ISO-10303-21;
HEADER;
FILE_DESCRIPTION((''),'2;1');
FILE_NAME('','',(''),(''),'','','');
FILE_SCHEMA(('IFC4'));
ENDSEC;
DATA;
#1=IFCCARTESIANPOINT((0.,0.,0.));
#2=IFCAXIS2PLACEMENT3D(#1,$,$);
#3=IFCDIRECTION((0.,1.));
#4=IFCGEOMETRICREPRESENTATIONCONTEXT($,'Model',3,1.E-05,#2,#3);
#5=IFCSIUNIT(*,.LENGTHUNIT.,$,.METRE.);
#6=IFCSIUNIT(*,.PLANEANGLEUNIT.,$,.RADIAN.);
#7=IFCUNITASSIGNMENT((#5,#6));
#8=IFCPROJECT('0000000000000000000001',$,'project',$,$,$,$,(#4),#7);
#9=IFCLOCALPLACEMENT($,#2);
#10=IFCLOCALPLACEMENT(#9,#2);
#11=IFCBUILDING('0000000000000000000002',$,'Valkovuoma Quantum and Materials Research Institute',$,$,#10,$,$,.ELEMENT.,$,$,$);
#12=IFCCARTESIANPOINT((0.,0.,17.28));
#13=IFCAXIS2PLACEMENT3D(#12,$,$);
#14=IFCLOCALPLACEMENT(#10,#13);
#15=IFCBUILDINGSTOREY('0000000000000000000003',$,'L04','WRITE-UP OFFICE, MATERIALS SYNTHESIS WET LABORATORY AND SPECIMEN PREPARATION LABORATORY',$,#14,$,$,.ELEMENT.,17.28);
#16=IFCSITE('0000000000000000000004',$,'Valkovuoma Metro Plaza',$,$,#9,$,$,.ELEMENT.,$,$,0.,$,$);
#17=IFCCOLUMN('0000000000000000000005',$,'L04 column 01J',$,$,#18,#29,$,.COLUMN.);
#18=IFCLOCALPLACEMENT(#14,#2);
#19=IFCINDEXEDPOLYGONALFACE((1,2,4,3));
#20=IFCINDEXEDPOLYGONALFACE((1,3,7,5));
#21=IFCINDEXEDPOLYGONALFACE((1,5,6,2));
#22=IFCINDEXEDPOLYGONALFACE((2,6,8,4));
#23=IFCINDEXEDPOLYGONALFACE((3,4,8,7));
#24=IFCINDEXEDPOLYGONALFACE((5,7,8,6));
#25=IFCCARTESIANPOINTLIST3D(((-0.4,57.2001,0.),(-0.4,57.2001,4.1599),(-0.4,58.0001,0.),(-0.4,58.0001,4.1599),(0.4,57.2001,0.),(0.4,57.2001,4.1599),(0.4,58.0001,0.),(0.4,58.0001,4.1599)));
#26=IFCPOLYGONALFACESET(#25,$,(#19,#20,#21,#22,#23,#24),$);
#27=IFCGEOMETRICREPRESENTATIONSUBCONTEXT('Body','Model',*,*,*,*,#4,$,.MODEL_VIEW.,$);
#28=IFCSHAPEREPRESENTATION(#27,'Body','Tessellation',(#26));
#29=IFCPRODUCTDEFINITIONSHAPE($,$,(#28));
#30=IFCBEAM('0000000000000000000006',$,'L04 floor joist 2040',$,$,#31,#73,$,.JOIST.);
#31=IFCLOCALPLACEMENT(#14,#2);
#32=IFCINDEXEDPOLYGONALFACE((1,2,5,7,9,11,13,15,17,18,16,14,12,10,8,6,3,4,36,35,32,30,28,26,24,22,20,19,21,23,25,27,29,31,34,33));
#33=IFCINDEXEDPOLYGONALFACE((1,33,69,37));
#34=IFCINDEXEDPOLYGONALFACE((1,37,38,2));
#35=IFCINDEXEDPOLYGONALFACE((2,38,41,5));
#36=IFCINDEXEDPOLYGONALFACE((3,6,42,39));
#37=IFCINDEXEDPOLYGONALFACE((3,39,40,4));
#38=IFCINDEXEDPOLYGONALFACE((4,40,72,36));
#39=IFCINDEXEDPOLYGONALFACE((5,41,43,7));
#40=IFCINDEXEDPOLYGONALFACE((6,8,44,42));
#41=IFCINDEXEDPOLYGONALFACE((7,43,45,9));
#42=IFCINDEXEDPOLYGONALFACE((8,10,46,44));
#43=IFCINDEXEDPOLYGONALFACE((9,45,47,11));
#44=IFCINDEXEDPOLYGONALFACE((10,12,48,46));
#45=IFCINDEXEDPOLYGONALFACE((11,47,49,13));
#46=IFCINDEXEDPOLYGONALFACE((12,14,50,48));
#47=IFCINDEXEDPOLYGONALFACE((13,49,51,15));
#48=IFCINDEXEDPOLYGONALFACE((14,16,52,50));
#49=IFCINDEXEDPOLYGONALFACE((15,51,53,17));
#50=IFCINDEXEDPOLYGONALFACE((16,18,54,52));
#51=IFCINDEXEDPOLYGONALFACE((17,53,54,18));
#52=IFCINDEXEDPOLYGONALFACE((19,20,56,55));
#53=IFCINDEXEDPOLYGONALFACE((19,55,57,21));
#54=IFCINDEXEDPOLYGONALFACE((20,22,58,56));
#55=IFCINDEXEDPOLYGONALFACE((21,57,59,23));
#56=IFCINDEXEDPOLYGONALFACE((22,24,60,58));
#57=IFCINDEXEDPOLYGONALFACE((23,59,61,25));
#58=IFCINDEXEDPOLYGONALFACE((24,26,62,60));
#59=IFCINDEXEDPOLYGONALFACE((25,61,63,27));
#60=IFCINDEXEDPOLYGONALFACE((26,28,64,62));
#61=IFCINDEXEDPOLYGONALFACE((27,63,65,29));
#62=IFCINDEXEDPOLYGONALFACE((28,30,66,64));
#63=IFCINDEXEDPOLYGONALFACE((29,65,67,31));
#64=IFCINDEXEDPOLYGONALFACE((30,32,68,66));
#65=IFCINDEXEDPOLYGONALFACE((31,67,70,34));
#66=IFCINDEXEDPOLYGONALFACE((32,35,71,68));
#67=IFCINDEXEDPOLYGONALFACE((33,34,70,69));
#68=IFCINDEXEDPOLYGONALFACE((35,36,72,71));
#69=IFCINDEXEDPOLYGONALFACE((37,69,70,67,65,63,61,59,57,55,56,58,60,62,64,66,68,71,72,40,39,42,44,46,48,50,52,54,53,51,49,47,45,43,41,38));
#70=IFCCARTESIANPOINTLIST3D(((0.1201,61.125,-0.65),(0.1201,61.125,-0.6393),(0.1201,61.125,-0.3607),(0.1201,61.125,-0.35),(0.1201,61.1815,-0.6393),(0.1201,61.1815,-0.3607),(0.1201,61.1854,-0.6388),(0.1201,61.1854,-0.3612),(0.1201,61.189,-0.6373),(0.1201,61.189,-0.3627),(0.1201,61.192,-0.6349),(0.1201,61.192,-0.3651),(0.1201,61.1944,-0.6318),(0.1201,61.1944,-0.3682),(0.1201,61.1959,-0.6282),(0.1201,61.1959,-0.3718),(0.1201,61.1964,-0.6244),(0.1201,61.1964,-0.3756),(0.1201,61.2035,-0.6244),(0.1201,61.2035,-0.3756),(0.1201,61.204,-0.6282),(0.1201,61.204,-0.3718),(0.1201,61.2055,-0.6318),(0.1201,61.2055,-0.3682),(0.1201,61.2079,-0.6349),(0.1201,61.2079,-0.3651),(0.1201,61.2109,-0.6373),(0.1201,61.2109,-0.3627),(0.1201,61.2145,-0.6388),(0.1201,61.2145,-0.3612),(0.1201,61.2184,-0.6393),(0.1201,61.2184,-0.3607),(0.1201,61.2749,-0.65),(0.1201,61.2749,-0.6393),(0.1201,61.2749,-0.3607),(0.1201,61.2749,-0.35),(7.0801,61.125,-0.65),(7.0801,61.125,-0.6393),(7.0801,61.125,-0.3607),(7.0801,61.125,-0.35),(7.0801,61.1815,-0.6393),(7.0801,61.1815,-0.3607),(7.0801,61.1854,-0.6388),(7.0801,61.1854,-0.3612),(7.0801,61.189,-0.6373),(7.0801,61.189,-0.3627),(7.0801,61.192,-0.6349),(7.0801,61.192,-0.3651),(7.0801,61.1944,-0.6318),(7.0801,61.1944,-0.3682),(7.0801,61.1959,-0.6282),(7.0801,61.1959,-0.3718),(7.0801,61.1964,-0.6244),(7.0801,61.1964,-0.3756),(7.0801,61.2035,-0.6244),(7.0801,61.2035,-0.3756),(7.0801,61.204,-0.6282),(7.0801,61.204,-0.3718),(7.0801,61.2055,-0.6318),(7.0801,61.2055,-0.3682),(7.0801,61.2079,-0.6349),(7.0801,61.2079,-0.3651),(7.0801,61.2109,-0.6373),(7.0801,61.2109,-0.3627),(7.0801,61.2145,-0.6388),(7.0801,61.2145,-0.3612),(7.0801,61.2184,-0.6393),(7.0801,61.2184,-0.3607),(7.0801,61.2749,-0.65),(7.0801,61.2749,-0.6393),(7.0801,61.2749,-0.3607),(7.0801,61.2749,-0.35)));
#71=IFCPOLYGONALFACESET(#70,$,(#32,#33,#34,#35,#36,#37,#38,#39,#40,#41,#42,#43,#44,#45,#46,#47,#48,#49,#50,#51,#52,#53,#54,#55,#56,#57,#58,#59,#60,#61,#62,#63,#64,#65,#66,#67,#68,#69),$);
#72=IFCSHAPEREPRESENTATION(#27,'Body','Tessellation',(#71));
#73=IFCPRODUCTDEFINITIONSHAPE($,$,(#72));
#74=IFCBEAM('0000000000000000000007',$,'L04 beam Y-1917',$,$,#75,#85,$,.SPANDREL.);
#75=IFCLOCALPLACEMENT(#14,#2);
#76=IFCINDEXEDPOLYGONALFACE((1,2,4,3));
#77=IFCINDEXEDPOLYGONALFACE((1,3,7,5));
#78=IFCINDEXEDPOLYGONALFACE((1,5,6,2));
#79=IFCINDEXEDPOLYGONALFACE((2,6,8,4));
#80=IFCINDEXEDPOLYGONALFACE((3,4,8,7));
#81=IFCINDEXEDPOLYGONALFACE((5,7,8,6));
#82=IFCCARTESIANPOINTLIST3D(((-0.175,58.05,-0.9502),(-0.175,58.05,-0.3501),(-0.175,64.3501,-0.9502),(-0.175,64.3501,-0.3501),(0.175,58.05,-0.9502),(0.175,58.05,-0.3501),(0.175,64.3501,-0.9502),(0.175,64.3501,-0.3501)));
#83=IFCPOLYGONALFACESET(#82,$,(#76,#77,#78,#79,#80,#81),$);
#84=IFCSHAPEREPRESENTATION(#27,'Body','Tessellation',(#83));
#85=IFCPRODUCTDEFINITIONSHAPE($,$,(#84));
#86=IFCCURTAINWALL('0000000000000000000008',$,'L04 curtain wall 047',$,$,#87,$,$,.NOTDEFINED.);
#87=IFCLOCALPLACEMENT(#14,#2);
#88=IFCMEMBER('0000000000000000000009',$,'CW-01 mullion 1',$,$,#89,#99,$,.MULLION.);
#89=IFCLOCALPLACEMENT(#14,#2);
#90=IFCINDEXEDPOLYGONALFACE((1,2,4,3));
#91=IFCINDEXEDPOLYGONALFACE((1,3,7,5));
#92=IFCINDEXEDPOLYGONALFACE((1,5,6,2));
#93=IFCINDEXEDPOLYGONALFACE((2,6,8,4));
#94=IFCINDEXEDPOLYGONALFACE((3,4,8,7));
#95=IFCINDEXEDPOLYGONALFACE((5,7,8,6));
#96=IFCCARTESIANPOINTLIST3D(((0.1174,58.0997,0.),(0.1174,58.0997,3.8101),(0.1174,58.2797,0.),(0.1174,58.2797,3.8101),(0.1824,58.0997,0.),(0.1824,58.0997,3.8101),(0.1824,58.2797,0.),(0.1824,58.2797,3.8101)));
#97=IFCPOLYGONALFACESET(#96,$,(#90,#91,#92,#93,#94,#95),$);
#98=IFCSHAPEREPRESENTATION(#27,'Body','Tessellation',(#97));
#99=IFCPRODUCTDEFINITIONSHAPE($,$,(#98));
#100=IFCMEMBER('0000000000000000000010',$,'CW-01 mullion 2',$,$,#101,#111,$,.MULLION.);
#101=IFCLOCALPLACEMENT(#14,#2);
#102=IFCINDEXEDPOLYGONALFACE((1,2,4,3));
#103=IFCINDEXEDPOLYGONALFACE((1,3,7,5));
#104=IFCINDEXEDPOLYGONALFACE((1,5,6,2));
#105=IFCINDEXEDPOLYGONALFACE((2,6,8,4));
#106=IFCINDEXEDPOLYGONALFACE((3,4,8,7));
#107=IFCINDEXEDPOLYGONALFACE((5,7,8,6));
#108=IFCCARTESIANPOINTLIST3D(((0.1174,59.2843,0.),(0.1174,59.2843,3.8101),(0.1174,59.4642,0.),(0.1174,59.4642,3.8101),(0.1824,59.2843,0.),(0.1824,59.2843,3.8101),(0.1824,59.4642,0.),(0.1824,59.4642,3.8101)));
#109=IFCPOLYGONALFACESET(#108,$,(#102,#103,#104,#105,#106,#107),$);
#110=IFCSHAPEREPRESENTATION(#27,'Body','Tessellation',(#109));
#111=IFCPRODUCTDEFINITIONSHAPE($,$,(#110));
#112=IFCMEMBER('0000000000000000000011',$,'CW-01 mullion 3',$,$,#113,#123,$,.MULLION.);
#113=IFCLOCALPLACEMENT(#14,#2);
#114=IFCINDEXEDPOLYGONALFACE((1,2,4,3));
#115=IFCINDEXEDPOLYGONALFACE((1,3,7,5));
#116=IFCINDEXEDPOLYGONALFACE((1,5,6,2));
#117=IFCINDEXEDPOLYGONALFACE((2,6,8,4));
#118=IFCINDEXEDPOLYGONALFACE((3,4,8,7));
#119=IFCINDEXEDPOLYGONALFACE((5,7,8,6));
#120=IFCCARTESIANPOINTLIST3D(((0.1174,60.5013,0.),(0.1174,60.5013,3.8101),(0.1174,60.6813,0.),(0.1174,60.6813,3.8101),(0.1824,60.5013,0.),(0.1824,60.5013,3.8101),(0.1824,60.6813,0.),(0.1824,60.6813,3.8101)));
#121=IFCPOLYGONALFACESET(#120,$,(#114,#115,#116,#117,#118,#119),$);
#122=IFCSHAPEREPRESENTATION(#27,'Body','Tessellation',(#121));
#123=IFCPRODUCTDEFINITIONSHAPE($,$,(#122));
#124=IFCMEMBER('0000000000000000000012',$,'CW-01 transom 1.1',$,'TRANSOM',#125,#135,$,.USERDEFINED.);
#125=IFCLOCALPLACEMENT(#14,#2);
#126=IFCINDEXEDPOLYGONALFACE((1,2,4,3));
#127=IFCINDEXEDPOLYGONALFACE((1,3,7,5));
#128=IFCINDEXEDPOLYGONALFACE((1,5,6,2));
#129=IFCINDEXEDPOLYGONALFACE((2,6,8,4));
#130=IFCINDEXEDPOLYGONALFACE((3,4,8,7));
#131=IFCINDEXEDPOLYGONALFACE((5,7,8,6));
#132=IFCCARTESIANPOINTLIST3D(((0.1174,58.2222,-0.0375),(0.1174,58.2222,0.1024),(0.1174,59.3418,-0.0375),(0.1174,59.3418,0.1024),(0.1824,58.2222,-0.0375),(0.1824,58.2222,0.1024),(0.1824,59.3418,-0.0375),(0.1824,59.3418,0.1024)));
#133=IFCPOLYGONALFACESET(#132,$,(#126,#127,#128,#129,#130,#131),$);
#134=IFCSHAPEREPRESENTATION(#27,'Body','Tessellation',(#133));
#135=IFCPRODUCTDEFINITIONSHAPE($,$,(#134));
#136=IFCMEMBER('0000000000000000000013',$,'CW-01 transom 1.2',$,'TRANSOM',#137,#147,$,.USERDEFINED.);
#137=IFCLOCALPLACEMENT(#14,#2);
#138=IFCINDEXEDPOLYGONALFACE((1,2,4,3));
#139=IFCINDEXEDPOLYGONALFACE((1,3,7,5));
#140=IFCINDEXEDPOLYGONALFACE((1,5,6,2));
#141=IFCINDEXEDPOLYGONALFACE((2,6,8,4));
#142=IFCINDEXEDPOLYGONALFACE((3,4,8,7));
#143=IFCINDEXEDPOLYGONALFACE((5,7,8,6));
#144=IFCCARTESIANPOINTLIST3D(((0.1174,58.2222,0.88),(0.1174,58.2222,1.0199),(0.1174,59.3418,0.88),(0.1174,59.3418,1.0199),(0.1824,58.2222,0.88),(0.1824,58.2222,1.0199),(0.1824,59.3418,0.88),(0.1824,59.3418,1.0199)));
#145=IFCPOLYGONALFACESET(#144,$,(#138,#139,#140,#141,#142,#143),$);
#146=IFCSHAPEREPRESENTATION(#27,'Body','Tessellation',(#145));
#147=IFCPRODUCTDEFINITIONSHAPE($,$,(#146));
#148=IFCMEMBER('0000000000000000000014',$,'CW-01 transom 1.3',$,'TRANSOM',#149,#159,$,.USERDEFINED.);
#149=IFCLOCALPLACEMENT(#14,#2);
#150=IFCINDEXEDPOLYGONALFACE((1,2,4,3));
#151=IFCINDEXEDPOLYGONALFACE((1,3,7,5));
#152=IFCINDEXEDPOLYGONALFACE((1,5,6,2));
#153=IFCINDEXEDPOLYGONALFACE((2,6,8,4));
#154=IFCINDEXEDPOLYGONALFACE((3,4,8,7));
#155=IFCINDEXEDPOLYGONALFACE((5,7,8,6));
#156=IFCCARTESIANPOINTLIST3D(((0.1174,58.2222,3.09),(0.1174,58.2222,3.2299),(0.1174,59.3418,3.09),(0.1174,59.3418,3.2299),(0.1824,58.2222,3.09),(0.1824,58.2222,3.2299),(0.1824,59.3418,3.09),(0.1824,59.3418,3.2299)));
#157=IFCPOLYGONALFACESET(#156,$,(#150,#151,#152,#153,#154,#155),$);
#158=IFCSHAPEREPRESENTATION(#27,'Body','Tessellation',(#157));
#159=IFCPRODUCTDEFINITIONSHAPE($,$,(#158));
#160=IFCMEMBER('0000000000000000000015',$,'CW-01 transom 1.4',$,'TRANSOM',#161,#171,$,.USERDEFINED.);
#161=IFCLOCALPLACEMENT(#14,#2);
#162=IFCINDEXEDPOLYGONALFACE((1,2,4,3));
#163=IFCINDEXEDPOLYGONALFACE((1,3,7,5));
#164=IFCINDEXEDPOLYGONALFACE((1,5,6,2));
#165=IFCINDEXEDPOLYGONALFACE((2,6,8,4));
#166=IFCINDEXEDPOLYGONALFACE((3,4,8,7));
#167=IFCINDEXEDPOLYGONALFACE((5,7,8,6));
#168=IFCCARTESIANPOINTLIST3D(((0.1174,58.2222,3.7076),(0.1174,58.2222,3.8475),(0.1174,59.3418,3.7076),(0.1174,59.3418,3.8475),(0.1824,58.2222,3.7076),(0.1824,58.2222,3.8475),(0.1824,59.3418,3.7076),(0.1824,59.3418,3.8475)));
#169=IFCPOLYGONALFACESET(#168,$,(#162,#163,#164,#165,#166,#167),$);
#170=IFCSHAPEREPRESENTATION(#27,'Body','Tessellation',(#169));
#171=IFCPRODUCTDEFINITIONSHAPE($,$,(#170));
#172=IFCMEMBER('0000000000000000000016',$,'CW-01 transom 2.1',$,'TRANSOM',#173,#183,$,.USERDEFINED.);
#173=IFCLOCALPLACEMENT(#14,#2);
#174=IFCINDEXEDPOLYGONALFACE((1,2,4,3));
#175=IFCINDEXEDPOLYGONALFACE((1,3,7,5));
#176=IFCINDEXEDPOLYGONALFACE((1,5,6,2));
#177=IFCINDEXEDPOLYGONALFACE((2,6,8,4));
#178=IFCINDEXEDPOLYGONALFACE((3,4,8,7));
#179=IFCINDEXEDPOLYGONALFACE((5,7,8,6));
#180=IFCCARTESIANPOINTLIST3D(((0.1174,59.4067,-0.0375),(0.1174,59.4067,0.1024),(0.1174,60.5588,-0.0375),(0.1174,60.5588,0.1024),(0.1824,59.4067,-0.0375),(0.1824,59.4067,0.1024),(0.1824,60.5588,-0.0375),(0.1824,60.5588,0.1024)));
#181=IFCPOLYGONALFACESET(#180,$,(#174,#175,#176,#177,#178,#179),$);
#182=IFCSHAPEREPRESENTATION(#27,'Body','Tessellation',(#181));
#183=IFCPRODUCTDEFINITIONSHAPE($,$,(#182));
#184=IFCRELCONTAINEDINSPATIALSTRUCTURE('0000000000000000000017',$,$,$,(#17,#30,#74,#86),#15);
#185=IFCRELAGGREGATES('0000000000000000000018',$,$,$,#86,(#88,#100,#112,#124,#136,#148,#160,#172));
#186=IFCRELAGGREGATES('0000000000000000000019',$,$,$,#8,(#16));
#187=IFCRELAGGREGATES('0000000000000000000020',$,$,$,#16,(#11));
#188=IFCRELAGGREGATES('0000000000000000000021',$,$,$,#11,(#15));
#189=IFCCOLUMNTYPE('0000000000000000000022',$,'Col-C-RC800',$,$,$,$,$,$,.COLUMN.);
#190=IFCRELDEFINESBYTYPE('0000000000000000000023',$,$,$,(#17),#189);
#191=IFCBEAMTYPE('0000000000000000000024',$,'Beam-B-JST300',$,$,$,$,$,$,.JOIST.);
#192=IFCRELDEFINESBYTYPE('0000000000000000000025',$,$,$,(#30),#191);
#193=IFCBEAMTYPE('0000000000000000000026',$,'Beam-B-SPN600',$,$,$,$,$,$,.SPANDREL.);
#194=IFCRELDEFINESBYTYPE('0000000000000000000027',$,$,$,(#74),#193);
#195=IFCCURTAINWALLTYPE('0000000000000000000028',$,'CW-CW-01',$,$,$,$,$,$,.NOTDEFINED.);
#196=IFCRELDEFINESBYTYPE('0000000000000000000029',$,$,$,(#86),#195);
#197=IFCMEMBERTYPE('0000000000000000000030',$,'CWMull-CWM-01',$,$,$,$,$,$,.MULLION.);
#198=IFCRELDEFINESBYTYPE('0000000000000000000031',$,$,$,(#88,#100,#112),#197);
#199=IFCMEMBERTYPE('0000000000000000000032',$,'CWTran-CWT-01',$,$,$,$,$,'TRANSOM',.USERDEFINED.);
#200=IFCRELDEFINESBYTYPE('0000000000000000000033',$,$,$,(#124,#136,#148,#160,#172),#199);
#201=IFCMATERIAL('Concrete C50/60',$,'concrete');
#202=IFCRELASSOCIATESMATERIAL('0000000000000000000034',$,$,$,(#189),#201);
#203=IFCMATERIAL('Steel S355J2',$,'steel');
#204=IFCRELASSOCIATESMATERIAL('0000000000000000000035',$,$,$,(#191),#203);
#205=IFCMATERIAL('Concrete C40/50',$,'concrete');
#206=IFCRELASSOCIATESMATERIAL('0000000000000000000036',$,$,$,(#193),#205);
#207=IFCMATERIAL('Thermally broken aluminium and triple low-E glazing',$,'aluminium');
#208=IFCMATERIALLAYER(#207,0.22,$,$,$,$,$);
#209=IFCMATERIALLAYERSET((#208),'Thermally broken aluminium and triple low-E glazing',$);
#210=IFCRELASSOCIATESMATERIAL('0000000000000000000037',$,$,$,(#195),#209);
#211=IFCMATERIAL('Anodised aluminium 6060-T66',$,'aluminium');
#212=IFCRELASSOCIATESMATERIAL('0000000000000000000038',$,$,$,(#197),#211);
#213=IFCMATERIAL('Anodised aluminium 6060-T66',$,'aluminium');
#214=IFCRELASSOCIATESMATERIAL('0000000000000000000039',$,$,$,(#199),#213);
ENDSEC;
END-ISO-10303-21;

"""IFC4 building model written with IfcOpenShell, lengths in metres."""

from ifc_helpers import new_model, si_unit, direction, frame, origin, origin_2d, place, context, subcontext, project, spatial, rectangle, i_section, extrude, material, layer, layer_set, material_profile, profile_set, type_object, element, aggregate, save


model = new_model("IFC4")

# Units and contexts
model_context = context("Model", 3, precision=1e-05, world=origin(), true_north=direction((0.0, 1.0)))
body_context = subcontext(model_context, "Body", "Model", "MODEL_VIEW")
ifc_project = project(units=[si_unit("LENGTHUNIT", "METRE"), si_unit("PLANEANGLEUNIT", "RADIAN")], contexts=[model_context])

# Site, building, storey
site_placement = place(None, origin())
site = spatial("IfcSite", under=ifc_project, at=site_placement, Name="Valkovuoma Metro Plaza", CompositionType="ELEMENT", RefElevation=0.0)
building_placement = place(site_placement, origin())
building = spatial("IfcBuilding", under=site, at=building_placement, Name="Valkovuoma Quantum and Materials Research Institute", CompositionType="ELEMENT")
storey_placement = place(building_placement, frame((0.0, 0.0, 17.28)))
storey = spatial("IfcBuildingStorey", under=building, at=storey_placement, Name="L04", Description="WRITE-UP OFFICE, MATERIALS SYNTHESIS WET LABORATORY AND SPECIMEN PREPARATION LABORATORY", CompositionType="ELEMENT", Elevation=17.28)

# Column
ifc_material_1 = material(Name="Concrete C50/60", Category="concrete")
ifc_material_profile_1 = material_profile(ifc_material_1, rectangle(XDim=0.8, YDim=0.8, at=origin_2d()), Name="Concrete C50/60")
ifc_profile_set_1 = profile_set([ifc_material_profile_1], Name="Concrete C50/60")
column_type = type_object("IfcColumnType", Name="Col-C-RC800", PredefinedType="COLUMN", material=ifc_profile_set_1)
column_placement = place(storey_placement, frame((0.0, 57.6001, 0.0), z_axis=(0.0, 0.0, 1.0), x_axis=(1.0, 0.0, 0.0)))
element("IfcColumn", 1, at=column_placement, inside=storey, type_object=column_type, Name="L04 column 01J", PredefinedType="COLUMN", context=body_context, shape_type="SweptSolid", body=[
    extrude(rectangle(XDim=0.8, YDim=0.8, at=origin_2d()), origin(), (0.0, 0.0, 1.0), 4.1599),
])

# Beams
ifc_material_2 = material(Name="Steel S355J2", Category="steel")
ifc_material_profile_2 = material_profile(ifc_material_2, i_section(OverallWidth=0.1499, OverallDepth=0.3, WebThickness=0.0071, FlangeThickness=0.0107, FilletRadius=0.0149, at=origin_2d()), Name="Steel S355J2")
ifc_profile_set_2 = profile_set([ifc_material_profile_2], Name="Steel S355J2")
beam_type_1 = type_object("IfcBeamType", Name="Beam-B-JST300", PredefinedType="JOIST", material=ifc_profile_set_2)
beam_1_placement = place(storey_placement, frame((0.1201, 61.2, -0.5), z_axis=(1.0, 0.0, 0.0), x_axis=(0.0, 1.0, 0.0)))
element("IfcBeam", 2, at=beam_1_placement, inside=storey, type_object=beam_type_1, Name="L04 floor joist 2040", PredefinedType="JOIST", context=body_context, shape_type="SweptSolid", body=[
    extrude(i_section(OverallWidth=0.1499, OverallDepth=0.3, WebThickness=0.0071, FlangeThickness=0.0107, FilletRadius=0.0149, at=origin_2d()), origin(), (0.0, 0.0, 1.0), 6.96),
])
ifc_material_3 = material(Name="Concrete C40/50", Category="concrete")
ifc_material_profile_3 = material_profile(ifc_material_3, rectangle(XDim=0.3501, YDim=0.6001, at=origin_2d()), Name="Concrete C40/50")
ifc_profile_set_3 = profile_set([ifc_material_profile_3], Name="Concrete C40/50")
beam_type_2 = type_object("IfcBeamType", Name="Beam-B-SPN600", PredefinedType="SPANDREL", material=ifc_profile_set_3)
beam_2_placement = place(storey_placement, frame((0.0, 58.05, -0.6501), z_axis=(0.0, 1.0, 0.0), x_axis=(-1.0, 0.0, 0.0)))
element("IfcBeam", 3, at=beam_2_placement, inside=storey, type_object=beam_type_2, Name="L04 beam Y-1917", PredefinedType="SPANDREL", context=body_context, shape_type="SweptSolid", body=[
    extrude(rectangle(XDim=0.3501, YDim=0.6001, at=origin_2d()), origin(), (0.0, 0.0, 1.0), 6.3),
])

# Curtain wall, members
ifc_material_4 = material(Name="Thermally broken aluminium and triple low-E glazing", Category="aluminium")
ifc_layer_1 = layer(ifc_material_4, 0.22)
ifc_layer_set_1 = layer_set([ifc_layer_1], Name="Thermally broken aluminium and triple low-E glazing")
curtain_wall_type = type_object("IfcCurtainWallType", Name="CW-CW-01", PredefinedType="NOTDEFINED", material=ifc_layer_set_1)
curtain_wall_placement = place(storey_placement, origin())
curtain_wall = element("IfcCurtainWall", 4, at=curtain_wall_placement, inside=storey, type_object=curtain_wall_type, Name="L04 curtain wall 047", PredefinedType="NOTDEFINED")
ifc_material_5 = material(Name="Anodised aluminium 6060-T66", Category="aluminium")
ifc_material_profile_4 = material_profile(ifc_material_5, rectangle(XDim=0.0649, YDim=0.1799, at=origin_2d()), Name="Anodised aluminium 6060-T66")
ifc_profile_set_4 = profile_set([ifc_material_profile_4], Name="Anodised aluminium 6060-T66")
member_type_1 = type_object("IfcMemberType", Name="CWMull-CWM-01", PredefinedType="MULLION", material=ifc_profile_set_4)
member_1_placement = place(storey_placement, frame((0.1499, 58.1897, 0.0), z_axis=(0.0, 0.0, 1.0), x_axis=(-1.0, 0.0, 0.0)))
member_1 = element("IfcMember", 5, at=member_1_placement, type_object=member_type_1, Name="CW-01 mullion 1", PredefinedType="MULLION", context=body_context, shape_type="SweptSolid", body=[
    extrude(rectangle(XDim=0.0649, YDim=0.1799, at=origin_2d()), origin(), (0.0, 0.0, 1.0), 3.8101),
])
member_2_placement = place(storey_placement, frame((0.1499, 59.3743, 0.0), z_axis=(0.0, 0.0, 1.0), x_axis=(-1.0, 0.0, 0.0)))
member_2 = element("IfcMember", 6, at=member_2_placement, type_object=member_type_1, Name="CW-01 mullion 2", PredefinedType="MULLION", context=body_context, shape_type="SweptSolid", body=[
    extrude(rectangle(XDim=0.0649, YDim=0.1799, at=origin_2d()), origin(), (0.0, 0.0, 1.0), 3.8101),
])
member_3_placement = place(storey_placement, frame((0.1499, 60.5913, 0.0), z_axis=(0.0, 0.0, 1.0), x_axis=(-1.0, 0.0, 0.0)))
member_3 = element("IfcMember", 7, at=member_3_placement, type_object=member_type_1, Name="CW-01 mullion 3", PredefinedType="MULLION", context=body_context, shape_type="SweptSolid", body=[
    extrude(rectangle(XDim=0.0649, YDim=0.1799, at=origin_2d()), origin(), (0.0, 0.0, 1.0), 3.8101),
])
ifc_material_6 = material(Name="Anodised aluminium 6060-T66", Category="aluminium")
ifc_material_profile_5 = material_profile(ifc_material_6, rectangle(XDim=0.0649, YDim=0.1399, at=origin_2d()), Name="Anodised aluminium 6060-T66")
ifc_profile_set_5 = profile_set([ifc_material_profile_5], Name="Anodised aluminium 6060-T66")
member_type_2 = type_object("IfcMemberType", Name="CWTran-CWT-01", ElementType="TRANSOM", PredefinedType="USERDEFINED", material=ifc_profile_set_5)
member_4_placement = place(storey_placement, frame((0.1499, 58.2222, 0.0325), z_axis=(0.0, 1.0, 0.0), x_axis=(-1.0, 0.0, 0.0)))
member_4 = element("IfcMember", 8, at=member_4_placement, type_object=member_type_2, Name="CW-01 transom 1.1", ObjectType="TRANSOM", PredefinedType="USERDEFINED", context=body_context, shape_type="SweptSolid", body=[
    extrude(rectangle(XDim=0.0649, YDim=0.1399, at=origin_2d()), origin(), (0.0, 0.0, 1.0), 1.1196),
])
member_5_placement = place(storey_placement, frame((0.1499, 58.2222, 0.95), z_axis=(0.0, 1.0, 0.0), x_axis=(-1.0, 0.0, 0.0)))
member_5 = element("IfcMember", 9, at=member_5_placement, type_object=member_type_2, Name="CW-01 transom 1.2", ObjectType="TRANSOM", PredefinedType="USERDEFINED", context=body_context, shape_type="SweptSolid", body=[
    extrude(rectangle(XDim=0.0649, YDim=0.1399, at=origin_2d()), origin(), (0.0, 0.0, 1.0), 1.1196),
])
member_6_placement = place(storey_placement, frame((0.1499, 58.2222, 3.1599), z_axis=(0.0, 1.0, 0.0), x_axis=(-1.0, 0.0, 0.0)))
member_6 = element("IfcMember", 10, at=member_6_placement, type_object=member_type_2, Name="CW-01 transom 1.3", ObjectType="TRANSOM", PredefinedType="USERDEFINED", context=body_context, shape_type="SweptSolid", body=[
    extrude(rectangle(XDim=0.0649, YDim=0.1399, at=origin_2d()), origin(), (0.0, 0.0, 1.0), 1.1196),
])
member_7_placement = place(storey_placement, frame((0.1499, 58.2222, 3.7776), z_axis=(0.0, 1.0, 0.0), x_axis=(-1.0, 0.0, 0.0)))
member_7 = element("IfcMember", 11, at=member_7_placement, type_object=member_type_2, Name="CW-01 transom 1.4", ObjectType="TRANSOM", PredefinedType="USERDEFINED", context=body_context, shape_type="SweptSolid", body=[
    extrude(rectangle(XDim=0.0649, YDim=0.1399, at=origin_2d()), origin(), (0.0, 0.0, 1.0), 1.1196),
])
member_8_placement = place(storey_placement, frame((0.1499, 59.4067, 0.0325), z_axis=(0.0, 1.0, 0.0), x_axis=(-1.0, 0.0, 0.0)))
member_8 = element("IfcMember", 12, at=member_8_placement, type_object=member_type_2, Name="CW-01 transom 2.1", ObjectType="TRANSOM", PredefinedType="USERDEFINED", context=body_context, shape_type="SweptSolid", body=[
    extrude(rectangle(XDim=0.0649, YDim=0.1399, at=origin_2d()), origin(), (0.0, 0.0, 1.0), 1.1521),
])
aggregate(curtain_wall, [member_1, member_2, member_3, member_4, member_5, member_6, member_7, member_8])

save(model, "model.ifc")
